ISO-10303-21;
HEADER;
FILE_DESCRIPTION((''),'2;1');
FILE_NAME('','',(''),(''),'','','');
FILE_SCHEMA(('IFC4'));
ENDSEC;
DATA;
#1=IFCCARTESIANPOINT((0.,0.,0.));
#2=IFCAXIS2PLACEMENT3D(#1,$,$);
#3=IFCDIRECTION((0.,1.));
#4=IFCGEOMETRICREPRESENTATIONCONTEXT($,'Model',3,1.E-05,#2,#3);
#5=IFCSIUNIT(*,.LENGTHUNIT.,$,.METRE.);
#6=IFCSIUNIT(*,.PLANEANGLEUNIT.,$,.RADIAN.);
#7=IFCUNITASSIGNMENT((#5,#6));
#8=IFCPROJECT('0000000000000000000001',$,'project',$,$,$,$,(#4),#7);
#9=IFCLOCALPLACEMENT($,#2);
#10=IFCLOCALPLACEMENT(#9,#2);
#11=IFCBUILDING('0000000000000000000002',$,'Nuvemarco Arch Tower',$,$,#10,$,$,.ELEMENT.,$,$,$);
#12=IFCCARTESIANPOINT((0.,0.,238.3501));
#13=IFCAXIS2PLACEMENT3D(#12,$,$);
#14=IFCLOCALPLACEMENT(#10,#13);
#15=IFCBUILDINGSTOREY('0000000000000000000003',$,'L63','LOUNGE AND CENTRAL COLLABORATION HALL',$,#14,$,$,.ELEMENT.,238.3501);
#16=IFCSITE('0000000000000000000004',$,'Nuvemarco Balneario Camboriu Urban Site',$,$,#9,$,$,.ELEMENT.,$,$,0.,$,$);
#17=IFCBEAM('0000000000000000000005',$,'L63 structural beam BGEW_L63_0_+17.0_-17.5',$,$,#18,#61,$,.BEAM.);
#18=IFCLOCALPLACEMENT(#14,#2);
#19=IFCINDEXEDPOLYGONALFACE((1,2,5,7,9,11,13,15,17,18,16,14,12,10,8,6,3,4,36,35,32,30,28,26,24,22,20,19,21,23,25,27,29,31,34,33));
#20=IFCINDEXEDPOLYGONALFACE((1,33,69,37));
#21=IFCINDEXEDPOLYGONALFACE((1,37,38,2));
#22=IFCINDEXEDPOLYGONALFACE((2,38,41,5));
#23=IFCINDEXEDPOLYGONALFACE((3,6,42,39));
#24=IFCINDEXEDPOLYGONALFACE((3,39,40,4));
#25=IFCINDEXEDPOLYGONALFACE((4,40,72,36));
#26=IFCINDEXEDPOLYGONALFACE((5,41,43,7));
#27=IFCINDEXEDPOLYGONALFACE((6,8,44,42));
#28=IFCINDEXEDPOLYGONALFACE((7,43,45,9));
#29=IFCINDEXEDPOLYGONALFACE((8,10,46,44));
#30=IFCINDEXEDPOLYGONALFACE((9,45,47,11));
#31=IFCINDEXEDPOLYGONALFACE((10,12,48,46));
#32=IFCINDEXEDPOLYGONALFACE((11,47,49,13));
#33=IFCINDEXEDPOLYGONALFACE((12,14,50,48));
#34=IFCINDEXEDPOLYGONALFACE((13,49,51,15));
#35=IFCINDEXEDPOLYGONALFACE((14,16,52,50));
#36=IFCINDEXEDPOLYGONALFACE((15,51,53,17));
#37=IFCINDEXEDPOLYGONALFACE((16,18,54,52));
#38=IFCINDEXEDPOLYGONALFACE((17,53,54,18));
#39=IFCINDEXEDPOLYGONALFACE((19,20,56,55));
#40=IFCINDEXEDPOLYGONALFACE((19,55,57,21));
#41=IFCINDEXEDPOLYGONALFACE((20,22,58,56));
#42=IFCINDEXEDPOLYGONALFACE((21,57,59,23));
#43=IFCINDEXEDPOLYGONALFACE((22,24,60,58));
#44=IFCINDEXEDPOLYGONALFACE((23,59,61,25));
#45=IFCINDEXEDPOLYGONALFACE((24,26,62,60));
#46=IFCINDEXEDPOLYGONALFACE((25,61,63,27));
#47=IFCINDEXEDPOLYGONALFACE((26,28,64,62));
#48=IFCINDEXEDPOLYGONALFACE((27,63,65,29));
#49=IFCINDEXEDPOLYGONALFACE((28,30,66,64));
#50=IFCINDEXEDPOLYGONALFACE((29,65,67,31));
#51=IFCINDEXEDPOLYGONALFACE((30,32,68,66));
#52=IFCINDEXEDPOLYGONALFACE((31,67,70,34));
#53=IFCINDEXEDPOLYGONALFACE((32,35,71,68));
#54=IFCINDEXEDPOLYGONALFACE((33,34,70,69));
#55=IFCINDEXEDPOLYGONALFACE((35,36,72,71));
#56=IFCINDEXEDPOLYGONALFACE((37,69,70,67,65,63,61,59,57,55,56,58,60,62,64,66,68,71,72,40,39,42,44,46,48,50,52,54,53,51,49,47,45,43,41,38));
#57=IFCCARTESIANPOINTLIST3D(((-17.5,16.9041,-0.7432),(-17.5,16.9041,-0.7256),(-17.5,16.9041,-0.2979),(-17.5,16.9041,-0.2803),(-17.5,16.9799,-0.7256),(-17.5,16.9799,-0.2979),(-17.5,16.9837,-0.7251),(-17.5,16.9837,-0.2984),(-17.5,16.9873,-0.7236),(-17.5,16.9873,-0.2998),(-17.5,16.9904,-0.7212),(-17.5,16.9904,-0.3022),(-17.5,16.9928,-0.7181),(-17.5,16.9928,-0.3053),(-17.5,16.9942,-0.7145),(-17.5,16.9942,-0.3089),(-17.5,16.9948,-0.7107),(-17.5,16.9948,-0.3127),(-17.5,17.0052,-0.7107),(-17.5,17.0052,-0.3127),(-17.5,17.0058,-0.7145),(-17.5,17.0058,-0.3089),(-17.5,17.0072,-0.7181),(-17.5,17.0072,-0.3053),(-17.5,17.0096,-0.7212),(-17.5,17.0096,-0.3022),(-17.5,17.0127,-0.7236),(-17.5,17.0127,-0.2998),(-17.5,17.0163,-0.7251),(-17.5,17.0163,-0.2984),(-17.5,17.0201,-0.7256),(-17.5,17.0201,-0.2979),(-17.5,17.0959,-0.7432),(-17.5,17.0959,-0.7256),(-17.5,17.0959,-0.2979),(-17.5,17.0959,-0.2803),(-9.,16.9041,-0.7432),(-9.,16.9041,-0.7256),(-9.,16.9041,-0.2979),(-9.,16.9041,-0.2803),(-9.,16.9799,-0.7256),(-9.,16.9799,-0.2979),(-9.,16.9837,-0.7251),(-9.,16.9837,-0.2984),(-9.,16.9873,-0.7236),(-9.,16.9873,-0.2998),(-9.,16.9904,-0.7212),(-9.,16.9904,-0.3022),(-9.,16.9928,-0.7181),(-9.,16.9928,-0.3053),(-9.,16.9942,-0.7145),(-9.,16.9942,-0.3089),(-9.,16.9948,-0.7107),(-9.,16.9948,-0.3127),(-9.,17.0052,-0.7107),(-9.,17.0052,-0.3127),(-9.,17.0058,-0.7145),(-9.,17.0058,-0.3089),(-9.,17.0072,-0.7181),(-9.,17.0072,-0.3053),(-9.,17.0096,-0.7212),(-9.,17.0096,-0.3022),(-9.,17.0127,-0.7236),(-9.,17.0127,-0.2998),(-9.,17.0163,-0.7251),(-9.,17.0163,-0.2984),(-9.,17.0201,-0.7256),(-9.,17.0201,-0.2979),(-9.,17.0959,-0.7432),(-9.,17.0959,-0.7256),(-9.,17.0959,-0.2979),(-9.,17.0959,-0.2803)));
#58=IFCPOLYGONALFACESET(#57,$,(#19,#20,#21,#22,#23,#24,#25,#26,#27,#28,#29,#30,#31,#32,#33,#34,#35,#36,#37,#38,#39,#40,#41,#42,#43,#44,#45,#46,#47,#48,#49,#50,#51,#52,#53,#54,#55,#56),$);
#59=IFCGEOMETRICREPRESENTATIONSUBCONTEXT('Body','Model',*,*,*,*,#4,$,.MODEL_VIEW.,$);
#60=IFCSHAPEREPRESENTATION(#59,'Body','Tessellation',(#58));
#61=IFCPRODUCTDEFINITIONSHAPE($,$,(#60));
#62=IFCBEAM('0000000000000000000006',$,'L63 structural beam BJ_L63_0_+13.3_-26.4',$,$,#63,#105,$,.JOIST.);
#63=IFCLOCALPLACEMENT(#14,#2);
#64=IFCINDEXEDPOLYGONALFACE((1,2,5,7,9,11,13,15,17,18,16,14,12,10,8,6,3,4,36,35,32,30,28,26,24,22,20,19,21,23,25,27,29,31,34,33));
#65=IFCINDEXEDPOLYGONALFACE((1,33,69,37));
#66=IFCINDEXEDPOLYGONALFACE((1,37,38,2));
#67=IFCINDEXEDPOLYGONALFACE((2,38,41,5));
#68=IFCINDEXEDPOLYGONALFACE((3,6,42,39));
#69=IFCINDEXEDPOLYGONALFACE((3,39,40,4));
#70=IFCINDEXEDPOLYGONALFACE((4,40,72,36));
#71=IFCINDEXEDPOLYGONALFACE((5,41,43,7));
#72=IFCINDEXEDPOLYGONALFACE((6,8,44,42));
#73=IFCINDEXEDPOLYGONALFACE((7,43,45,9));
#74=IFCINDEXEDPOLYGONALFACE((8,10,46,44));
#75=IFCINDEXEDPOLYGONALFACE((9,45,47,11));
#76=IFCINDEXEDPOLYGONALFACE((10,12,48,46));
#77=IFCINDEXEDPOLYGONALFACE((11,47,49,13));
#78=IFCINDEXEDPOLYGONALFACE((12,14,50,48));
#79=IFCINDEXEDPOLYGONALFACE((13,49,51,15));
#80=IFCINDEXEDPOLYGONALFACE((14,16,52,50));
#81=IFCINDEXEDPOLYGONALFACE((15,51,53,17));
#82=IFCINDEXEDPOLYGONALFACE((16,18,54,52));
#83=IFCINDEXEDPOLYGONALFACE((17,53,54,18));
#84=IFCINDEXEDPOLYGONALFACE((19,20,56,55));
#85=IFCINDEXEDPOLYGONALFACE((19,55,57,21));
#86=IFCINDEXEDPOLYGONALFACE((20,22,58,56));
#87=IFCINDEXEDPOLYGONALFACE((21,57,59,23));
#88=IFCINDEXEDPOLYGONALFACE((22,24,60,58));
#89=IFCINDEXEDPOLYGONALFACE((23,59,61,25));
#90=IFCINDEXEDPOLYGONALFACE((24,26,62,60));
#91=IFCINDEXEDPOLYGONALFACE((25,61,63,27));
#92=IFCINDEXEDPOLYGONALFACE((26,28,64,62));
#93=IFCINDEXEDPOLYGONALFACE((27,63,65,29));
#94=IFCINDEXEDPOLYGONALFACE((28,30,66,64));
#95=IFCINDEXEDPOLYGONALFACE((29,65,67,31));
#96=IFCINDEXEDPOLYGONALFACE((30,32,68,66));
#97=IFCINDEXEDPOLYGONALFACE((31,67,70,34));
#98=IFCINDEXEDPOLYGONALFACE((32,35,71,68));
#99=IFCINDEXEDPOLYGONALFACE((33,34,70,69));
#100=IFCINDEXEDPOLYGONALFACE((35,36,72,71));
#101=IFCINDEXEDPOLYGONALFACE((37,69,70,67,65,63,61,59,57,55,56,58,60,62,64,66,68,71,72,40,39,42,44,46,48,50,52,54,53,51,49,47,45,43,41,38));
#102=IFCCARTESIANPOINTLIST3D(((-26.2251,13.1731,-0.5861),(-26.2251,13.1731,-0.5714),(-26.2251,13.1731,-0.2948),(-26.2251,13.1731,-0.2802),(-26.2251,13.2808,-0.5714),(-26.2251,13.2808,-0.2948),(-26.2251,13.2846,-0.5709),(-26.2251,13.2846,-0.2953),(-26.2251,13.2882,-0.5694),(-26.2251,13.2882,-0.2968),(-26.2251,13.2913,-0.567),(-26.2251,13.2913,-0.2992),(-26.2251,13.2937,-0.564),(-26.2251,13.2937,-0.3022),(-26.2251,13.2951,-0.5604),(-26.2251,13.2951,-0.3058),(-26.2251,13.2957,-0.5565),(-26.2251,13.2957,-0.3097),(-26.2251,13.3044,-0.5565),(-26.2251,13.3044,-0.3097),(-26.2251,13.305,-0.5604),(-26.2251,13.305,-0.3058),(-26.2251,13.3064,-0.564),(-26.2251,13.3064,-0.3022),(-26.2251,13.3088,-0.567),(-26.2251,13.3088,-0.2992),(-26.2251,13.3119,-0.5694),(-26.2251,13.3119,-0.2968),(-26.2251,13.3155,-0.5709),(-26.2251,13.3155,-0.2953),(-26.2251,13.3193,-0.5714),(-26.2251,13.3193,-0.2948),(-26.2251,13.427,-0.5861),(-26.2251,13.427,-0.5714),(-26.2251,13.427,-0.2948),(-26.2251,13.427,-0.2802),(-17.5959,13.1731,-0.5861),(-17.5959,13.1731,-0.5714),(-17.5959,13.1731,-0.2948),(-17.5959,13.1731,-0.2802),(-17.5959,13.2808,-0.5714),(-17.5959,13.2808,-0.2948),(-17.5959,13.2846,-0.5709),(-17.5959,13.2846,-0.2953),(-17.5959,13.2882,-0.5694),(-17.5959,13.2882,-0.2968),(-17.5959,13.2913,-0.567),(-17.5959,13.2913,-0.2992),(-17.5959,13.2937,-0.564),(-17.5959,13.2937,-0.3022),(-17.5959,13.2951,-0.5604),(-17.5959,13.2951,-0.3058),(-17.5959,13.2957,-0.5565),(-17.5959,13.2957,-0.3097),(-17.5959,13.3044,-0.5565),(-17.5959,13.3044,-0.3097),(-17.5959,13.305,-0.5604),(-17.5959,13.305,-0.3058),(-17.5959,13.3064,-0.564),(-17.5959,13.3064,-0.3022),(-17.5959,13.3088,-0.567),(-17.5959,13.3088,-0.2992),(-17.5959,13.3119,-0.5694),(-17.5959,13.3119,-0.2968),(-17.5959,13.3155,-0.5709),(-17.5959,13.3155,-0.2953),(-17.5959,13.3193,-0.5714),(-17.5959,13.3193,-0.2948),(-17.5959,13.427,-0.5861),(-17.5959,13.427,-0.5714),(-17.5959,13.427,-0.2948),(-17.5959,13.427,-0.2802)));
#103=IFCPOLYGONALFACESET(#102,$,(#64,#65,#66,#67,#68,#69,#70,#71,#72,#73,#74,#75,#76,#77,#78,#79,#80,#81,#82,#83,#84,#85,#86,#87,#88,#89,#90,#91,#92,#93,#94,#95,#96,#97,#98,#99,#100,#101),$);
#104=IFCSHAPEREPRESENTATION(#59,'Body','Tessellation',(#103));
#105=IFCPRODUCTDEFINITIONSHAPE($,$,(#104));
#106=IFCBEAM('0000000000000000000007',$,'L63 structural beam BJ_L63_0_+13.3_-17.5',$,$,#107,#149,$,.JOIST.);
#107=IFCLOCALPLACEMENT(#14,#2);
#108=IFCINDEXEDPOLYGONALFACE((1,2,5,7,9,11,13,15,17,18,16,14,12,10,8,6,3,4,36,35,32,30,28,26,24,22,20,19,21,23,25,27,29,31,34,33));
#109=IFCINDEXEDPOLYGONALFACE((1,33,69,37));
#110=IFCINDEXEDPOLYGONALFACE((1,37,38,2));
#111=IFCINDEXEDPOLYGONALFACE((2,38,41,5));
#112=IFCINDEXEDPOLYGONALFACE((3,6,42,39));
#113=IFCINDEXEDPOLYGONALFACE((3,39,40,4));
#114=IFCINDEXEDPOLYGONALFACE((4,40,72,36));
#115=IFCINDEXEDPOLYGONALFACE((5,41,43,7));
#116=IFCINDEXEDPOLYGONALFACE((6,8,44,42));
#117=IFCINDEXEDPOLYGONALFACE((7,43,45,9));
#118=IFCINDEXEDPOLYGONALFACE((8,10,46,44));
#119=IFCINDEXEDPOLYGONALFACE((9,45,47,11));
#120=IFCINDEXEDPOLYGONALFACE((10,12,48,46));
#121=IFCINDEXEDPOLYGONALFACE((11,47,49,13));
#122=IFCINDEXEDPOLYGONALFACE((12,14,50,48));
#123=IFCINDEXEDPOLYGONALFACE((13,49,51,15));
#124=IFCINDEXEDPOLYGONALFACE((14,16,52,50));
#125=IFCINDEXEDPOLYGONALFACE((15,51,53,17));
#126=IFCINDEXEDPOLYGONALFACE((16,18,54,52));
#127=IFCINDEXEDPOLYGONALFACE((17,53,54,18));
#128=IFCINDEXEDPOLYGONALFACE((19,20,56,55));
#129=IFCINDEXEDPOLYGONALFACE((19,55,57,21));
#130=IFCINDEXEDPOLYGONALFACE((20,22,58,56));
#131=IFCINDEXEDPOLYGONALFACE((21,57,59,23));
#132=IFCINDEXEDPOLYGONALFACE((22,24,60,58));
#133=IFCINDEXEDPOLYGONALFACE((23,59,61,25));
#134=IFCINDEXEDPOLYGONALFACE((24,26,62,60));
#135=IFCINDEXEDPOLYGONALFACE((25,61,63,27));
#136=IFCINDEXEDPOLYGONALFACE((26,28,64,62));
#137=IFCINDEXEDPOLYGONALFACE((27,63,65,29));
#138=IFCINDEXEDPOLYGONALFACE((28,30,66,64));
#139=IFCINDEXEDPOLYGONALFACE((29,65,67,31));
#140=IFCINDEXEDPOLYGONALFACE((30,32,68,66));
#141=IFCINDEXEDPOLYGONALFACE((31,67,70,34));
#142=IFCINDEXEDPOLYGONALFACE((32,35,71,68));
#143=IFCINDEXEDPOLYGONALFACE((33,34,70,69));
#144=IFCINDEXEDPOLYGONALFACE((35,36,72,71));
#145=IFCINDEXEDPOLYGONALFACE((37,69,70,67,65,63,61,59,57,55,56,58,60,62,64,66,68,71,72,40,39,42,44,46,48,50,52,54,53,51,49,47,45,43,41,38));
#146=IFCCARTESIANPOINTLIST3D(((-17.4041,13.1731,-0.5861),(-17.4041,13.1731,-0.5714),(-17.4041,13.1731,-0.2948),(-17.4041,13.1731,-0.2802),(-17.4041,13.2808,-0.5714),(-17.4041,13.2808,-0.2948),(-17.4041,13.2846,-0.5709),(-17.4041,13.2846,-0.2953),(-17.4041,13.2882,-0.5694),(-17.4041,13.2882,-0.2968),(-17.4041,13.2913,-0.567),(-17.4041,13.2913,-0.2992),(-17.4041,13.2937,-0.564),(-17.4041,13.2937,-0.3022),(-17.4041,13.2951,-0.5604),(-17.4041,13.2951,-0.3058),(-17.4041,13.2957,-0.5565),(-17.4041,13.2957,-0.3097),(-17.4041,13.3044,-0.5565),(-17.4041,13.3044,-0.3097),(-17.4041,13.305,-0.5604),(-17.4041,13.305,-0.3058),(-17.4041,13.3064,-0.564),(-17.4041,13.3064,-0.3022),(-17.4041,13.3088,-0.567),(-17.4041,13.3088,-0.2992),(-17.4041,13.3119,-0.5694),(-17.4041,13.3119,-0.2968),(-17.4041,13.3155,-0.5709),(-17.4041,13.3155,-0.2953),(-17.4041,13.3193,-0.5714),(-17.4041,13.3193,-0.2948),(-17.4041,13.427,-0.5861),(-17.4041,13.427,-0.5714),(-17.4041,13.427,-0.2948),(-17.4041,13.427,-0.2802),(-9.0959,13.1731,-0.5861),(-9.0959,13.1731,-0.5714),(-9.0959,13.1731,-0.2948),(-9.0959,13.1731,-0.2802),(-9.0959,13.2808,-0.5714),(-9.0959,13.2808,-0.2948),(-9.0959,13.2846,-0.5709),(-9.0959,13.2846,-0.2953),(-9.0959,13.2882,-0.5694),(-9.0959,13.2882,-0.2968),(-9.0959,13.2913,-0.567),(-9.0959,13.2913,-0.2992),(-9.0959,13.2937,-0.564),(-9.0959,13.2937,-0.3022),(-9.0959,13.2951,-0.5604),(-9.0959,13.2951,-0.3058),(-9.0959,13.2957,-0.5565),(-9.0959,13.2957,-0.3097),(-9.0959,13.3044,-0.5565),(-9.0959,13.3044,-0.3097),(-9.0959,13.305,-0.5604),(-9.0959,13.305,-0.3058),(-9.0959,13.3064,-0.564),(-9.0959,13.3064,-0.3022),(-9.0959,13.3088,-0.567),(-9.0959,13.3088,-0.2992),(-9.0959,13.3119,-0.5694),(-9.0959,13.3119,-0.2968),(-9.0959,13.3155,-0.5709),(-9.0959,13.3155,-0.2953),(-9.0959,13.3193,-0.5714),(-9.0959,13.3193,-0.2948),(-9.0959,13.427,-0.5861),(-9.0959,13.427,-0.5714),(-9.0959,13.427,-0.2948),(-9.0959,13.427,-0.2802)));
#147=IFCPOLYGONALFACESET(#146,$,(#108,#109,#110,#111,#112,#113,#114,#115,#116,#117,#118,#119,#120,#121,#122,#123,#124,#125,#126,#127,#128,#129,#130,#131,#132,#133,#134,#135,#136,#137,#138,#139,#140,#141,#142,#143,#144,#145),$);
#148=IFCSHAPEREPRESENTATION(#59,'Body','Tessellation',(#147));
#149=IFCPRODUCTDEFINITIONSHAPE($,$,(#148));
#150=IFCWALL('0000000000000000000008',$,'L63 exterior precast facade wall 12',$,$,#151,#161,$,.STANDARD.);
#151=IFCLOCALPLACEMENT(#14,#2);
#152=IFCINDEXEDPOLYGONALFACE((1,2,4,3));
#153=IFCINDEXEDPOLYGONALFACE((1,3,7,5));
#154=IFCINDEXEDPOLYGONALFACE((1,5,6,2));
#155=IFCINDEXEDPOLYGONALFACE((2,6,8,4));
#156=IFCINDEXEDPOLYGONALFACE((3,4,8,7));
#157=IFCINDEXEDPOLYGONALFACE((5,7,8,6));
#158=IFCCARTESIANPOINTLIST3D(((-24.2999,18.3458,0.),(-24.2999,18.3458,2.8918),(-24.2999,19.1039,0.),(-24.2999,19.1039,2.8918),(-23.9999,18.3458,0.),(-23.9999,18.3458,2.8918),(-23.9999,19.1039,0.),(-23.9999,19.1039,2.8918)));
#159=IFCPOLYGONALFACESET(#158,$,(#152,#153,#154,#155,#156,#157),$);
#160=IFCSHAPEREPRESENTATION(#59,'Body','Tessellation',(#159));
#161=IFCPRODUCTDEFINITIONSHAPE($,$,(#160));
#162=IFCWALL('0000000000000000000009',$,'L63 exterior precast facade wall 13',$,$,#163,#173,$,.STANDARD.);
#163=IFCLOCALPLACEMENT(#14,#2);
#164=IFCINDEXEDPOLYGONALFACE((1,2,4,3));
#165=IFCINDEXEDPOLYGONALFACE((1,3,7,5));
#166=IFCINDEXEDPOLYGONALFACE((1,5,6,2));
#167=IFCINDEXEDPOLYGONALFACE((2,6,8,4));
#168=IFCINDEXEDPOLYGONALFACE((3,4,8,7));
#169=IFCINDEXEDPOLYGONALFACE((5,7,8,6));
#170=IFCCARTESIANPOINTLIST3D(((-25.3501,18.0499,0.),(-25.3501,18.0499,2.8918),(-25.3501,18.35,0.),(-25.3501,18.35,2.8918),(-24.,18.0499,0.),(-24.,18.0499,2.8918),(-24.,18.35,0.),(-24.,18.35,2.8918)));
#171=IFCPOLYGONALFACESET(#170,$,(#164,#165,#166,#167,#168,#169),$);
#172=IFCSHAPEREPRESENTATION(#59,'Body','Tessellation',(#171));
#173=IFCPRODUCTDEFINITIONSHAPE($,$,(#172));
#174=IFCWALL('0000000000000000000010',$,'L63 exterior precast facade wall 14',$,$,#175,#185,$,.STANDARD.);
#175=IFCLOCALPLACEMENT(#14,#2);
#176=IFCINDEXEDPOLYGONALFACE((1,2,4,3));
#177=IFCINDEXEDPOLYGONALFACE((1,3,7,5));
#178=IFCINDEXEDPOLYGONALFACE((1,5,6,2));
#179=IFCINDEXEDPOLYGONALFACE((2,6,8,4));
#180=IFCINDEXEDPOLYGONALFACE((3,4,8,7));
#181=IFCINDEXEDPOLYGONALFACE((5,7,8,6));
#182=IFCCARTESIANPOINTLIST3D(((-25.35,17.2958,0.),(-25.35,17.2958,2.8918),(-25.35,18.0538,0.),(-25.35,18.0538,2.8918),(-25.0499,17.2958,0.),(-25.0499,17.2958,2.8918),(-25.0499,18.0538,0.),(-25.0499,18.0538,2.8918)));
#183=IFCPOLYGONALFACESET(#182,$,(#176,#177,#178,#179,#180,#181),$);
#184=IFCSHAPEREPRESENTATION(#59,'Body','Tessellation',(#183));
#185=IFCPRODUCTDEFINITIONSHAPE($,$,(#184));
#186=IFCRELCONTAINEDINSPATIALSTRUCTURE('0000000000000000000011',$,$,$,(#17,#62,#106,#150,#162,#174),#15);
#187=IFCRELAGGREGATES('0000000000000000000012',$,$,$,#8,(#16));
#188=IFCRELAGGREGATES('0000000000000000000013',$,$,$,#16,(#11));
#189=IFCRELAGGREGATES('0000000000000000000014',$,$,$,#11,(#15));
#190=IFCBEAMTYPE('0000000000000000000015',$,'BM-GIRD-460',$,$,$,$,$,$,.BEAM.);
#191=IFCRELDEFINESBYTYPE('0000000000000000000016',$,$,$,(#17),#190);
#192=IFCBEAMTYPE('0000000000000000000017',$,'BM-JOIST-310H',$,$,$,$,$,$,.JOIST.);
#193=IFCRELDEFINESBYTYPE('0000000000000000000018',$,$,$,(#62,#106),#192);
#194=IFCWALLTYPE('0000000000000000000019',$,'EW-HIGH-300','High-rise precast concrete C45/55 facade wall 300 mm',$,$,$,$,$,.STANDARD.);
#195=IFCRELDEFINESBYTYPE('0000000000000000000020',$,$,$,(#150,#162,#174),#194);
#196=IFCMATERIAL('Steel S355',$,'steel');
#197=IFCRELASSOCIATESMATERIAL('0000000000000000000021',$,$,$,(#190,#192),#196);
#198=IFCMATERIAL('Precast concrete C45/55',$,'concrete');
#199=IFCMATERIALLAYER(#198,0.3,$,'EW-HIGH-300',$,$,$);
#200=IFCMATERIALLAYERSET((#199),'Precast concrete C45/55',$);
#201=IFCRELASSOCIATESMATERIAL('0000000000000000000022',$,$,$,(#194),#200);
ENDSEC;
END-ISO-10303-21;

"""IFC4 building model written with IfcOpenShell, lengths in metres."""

from ifc_helpers import new_model, si_unit, direction, frame, frame_2d, origin, origin_2d, place, context, subcontext, project, spatial, rectangle, i_section, extrude, material, layer, layer_set, material_profile, profile_set, type_object, element, save


model = new_model("IFC4")

# Units and contexts
model_context = context("Model", 3, precision=1e-05, world=origin(), true_north=direction((0.0, 1.0)))
body_context = subcontext(model_context, "Body", "Model", "MODEL_VIEW")
ifc_project = project(units=[si_unit("LENGTHUNIT", "METRE"), si_unit("PLANEANGLEUNIT", "RADIAN")], contexts=[model_context])

# Site, building, storey
site_placement = place(None, origin())
site = spatial("IfcSite", under=ifc_project, at=site_placement, Name="Nuvemarco Balneario Camboriu Urban Site", CompositionType="ELEMENT", RefElevation=0.0)
building_placement = place(site_placement, origin())
building = spatial("IfcBuilding", under=site, at=building_placement, Name="Nuvemarco Arch Tower", CompositionType="ELEMENT")
storey_placement = place(building_placement, frame((0.0, 0.0, 238.3501)))
storey = spatial("IfcBuildingStorey", under=building, at=storey_placement, Name="L63", Description="LOUNGE AND CENTRAL COLLABORATION HALL", CompositionType="ELEMENT", Elevation=238.3501)

# Shared definitions
ifc_material_1 = material(Name="Steel S355", Category="steel")

# Beams
ifc_material_profile_1 = material_profile(ifc_material_1, i_section(OverallWidth=0.1919, OverallDepth=0.4629, WebThickness=0.0105, FlangeThickness=0.0176, FilletRadius=0.0149, at=origin_2d()), Name="W460x89")
ifc_profile_set_1 = profile_set([ifc_material_profile_1], Name="Steel S355")
beam_type_1 = type_object("IfcBeamType", Name="BM-GIRD-460", PredefinedType="BEAM", material=ifc_profile_set_1)
beam_1_placement = place(storey_placement, frame((-17.5, 17.0, -0.5117), z_axis=(1.0, 0.0, 0.0), x_axis=(0.0, 1.0, 0.0)))
element("IfcBeam", 1, at=beam_1_placement, inside=storey, type_object=beam_type_1, Name="L63 structural beam BGEW_L63_0_+17.0_-17.5", PredefinedType="BEAM", context=body_context, shape_type="SweptSolid", body=[
    extrude(i_section(OverallWidth=0.1919, OverallDepth=0.4629, WebThickness=0.0105, FlangeThickness=0.0176, FilletRadius=0.0149, at=origin_2d()), origin(), (0.0, 0.0, 1.0), 8.5),
])
ifc_material_profile_2 = material_profile(ifc_material_1, i_section(OverallWidth=0.2539, OverallDepth=0.3059, WebThickness=0.0088, FlangeThickness=0.0146, FilletRadius=0.0149, at=origin_2d()), Name="W310x79")
ifc_profile_set_2 = profile_set([ifc_material_profile_2], Name="Steel S355")
beam_type_2 = type_object("IfcBeamType", Name="BM-JOIST-310H", PredefinedType="JOIST", material=ifc_profile_set_2)
beam_2_placement = place(storey_placement, frame((-26.2251, 13.3, -0.4331), z_axis=(1.0, 0.0, 0.0), x_axis=(0.0, 1.0, 0.0)))
element("IfcBeam", 2, at=beam_2_placement, inside=storey, type_object=beam_type_2, Name="L63 structural beam BJ_L63_0_+13.3_-26.4", PredefinedType="JOIST", context=body_context, shape_type="SweptSolid", body=[
    extrude(i_section(OverallWidth=0.2539, OverallDepth=0.3059, WebThickness=0.0088, FlangeThickness=0.0146, FilletRadius=0.0149, at=origin_2d()), origin(), (0.0, 0.0, 1.0), 8.6292),
])
beam_3_placement = place(storey_placement, frame((-17.4041, 13.3, -0.4331), z_axis=(1.0, 0.0, 0.0), x_axis=(0.0, 1.0, 0.0)))
element("IfcBeam", 3, at=beam_3_placement, inside=storey, type_object=beam_type_2, Name="L63 structural beam BJ_L63_0_+13.3_-17.5", PredefinedType="JOIST", context=body_context, shape_type="SweptSolid", body=[
    extrude(i_section(OverallWidth=0.2539, OverallDepth=0.3059, WebThickness=0.0088, FlangeThickness=0.0146, FilletRadius=0.0149, at=origin_2d()), origin(), (0.0, 0.0, 1.0), 8.3081),
])

# Shared definitions
ifc_material_2 = material(Name="Precast concrete C45/55", Category="concrete")
ifc_layer_1 = layer(ifc_material_2, 0.3, Name="EW-HIGH-300")
ifc_layer_set_1 = layer_set([ifc_layer_1], Name="Precast concrete C45/55")
wall_type_1 = type_object("IfcWallType", Name="EW-HIGH-300", Description="High-rise precast concrete C45/55 facade wall 300 mm", PredefinedType="STANDARD", material=ifc_layer_set_1)

# Walls
wall_1_placement = place(storey_placement, frame((-24.1499, 18.3459, 0.0), z_axis=(0.0, 0.0, 1.0), x_axis=(0.0, 1.0, 0.0)))
element("IfcWall", 4, at=wall_1_placement, inside=storey, type_object=wall_type_1, Name="L63 exterior precast facade wall 12", PredefinedType="STANDARD", context=body_context, shape_type="SweptSolid", body=[
    extrude(rectangle(XDim=0.7581, YDim=0.3, at=frame_2d((0.3789, 0.0))), origin(), (0.0, 0.0, 1.0), 2.8918),
])
wall_2_placement = place(storey_placement, frame((-25.3501, 18.2, 0.0), z_axis=(0.0, 0.0, 1.0), x_axis=(1.0, 0.0, 0.0)))
element("IfcWall", 5, at=wall_2_placement, inside=storey, type_object=wall_type_1, Name="L63 exterior precast facade wall 13", PredefinedType="STANDARD", context=body_context, shape_type="SweptSolid", body=[
    extrude(rectangle(XDim=1.3501, YDim=0.3, at=frame_2d((0.675, 0.0))), origin(), (0.0, 0.0, 1.0), 2.8918),
])
wall_3_placement = place(storey_placement, frame((-25.2, 17.2959, 0.0), z_axis=(0.0, 0.0, 1.0), x_axis=(0.0, 1.0, 0.0)))
element("IfcWall", 6, at=wall_3_placement, inside=storey, type_object=wall_type_1, Name="L63 exterior precast facade wall 14", PredefinedType="STANDARD", context=body_context, shape_type="SweptSolid", body=[
    extrude(rectangle(XDim=0.7581, YDim=0.3, at=frame_2d((0.3789, 0.0))), origin(), (0.0, 0.0, 1.0), 2.8918),
])

save(model, "model.ifc")
